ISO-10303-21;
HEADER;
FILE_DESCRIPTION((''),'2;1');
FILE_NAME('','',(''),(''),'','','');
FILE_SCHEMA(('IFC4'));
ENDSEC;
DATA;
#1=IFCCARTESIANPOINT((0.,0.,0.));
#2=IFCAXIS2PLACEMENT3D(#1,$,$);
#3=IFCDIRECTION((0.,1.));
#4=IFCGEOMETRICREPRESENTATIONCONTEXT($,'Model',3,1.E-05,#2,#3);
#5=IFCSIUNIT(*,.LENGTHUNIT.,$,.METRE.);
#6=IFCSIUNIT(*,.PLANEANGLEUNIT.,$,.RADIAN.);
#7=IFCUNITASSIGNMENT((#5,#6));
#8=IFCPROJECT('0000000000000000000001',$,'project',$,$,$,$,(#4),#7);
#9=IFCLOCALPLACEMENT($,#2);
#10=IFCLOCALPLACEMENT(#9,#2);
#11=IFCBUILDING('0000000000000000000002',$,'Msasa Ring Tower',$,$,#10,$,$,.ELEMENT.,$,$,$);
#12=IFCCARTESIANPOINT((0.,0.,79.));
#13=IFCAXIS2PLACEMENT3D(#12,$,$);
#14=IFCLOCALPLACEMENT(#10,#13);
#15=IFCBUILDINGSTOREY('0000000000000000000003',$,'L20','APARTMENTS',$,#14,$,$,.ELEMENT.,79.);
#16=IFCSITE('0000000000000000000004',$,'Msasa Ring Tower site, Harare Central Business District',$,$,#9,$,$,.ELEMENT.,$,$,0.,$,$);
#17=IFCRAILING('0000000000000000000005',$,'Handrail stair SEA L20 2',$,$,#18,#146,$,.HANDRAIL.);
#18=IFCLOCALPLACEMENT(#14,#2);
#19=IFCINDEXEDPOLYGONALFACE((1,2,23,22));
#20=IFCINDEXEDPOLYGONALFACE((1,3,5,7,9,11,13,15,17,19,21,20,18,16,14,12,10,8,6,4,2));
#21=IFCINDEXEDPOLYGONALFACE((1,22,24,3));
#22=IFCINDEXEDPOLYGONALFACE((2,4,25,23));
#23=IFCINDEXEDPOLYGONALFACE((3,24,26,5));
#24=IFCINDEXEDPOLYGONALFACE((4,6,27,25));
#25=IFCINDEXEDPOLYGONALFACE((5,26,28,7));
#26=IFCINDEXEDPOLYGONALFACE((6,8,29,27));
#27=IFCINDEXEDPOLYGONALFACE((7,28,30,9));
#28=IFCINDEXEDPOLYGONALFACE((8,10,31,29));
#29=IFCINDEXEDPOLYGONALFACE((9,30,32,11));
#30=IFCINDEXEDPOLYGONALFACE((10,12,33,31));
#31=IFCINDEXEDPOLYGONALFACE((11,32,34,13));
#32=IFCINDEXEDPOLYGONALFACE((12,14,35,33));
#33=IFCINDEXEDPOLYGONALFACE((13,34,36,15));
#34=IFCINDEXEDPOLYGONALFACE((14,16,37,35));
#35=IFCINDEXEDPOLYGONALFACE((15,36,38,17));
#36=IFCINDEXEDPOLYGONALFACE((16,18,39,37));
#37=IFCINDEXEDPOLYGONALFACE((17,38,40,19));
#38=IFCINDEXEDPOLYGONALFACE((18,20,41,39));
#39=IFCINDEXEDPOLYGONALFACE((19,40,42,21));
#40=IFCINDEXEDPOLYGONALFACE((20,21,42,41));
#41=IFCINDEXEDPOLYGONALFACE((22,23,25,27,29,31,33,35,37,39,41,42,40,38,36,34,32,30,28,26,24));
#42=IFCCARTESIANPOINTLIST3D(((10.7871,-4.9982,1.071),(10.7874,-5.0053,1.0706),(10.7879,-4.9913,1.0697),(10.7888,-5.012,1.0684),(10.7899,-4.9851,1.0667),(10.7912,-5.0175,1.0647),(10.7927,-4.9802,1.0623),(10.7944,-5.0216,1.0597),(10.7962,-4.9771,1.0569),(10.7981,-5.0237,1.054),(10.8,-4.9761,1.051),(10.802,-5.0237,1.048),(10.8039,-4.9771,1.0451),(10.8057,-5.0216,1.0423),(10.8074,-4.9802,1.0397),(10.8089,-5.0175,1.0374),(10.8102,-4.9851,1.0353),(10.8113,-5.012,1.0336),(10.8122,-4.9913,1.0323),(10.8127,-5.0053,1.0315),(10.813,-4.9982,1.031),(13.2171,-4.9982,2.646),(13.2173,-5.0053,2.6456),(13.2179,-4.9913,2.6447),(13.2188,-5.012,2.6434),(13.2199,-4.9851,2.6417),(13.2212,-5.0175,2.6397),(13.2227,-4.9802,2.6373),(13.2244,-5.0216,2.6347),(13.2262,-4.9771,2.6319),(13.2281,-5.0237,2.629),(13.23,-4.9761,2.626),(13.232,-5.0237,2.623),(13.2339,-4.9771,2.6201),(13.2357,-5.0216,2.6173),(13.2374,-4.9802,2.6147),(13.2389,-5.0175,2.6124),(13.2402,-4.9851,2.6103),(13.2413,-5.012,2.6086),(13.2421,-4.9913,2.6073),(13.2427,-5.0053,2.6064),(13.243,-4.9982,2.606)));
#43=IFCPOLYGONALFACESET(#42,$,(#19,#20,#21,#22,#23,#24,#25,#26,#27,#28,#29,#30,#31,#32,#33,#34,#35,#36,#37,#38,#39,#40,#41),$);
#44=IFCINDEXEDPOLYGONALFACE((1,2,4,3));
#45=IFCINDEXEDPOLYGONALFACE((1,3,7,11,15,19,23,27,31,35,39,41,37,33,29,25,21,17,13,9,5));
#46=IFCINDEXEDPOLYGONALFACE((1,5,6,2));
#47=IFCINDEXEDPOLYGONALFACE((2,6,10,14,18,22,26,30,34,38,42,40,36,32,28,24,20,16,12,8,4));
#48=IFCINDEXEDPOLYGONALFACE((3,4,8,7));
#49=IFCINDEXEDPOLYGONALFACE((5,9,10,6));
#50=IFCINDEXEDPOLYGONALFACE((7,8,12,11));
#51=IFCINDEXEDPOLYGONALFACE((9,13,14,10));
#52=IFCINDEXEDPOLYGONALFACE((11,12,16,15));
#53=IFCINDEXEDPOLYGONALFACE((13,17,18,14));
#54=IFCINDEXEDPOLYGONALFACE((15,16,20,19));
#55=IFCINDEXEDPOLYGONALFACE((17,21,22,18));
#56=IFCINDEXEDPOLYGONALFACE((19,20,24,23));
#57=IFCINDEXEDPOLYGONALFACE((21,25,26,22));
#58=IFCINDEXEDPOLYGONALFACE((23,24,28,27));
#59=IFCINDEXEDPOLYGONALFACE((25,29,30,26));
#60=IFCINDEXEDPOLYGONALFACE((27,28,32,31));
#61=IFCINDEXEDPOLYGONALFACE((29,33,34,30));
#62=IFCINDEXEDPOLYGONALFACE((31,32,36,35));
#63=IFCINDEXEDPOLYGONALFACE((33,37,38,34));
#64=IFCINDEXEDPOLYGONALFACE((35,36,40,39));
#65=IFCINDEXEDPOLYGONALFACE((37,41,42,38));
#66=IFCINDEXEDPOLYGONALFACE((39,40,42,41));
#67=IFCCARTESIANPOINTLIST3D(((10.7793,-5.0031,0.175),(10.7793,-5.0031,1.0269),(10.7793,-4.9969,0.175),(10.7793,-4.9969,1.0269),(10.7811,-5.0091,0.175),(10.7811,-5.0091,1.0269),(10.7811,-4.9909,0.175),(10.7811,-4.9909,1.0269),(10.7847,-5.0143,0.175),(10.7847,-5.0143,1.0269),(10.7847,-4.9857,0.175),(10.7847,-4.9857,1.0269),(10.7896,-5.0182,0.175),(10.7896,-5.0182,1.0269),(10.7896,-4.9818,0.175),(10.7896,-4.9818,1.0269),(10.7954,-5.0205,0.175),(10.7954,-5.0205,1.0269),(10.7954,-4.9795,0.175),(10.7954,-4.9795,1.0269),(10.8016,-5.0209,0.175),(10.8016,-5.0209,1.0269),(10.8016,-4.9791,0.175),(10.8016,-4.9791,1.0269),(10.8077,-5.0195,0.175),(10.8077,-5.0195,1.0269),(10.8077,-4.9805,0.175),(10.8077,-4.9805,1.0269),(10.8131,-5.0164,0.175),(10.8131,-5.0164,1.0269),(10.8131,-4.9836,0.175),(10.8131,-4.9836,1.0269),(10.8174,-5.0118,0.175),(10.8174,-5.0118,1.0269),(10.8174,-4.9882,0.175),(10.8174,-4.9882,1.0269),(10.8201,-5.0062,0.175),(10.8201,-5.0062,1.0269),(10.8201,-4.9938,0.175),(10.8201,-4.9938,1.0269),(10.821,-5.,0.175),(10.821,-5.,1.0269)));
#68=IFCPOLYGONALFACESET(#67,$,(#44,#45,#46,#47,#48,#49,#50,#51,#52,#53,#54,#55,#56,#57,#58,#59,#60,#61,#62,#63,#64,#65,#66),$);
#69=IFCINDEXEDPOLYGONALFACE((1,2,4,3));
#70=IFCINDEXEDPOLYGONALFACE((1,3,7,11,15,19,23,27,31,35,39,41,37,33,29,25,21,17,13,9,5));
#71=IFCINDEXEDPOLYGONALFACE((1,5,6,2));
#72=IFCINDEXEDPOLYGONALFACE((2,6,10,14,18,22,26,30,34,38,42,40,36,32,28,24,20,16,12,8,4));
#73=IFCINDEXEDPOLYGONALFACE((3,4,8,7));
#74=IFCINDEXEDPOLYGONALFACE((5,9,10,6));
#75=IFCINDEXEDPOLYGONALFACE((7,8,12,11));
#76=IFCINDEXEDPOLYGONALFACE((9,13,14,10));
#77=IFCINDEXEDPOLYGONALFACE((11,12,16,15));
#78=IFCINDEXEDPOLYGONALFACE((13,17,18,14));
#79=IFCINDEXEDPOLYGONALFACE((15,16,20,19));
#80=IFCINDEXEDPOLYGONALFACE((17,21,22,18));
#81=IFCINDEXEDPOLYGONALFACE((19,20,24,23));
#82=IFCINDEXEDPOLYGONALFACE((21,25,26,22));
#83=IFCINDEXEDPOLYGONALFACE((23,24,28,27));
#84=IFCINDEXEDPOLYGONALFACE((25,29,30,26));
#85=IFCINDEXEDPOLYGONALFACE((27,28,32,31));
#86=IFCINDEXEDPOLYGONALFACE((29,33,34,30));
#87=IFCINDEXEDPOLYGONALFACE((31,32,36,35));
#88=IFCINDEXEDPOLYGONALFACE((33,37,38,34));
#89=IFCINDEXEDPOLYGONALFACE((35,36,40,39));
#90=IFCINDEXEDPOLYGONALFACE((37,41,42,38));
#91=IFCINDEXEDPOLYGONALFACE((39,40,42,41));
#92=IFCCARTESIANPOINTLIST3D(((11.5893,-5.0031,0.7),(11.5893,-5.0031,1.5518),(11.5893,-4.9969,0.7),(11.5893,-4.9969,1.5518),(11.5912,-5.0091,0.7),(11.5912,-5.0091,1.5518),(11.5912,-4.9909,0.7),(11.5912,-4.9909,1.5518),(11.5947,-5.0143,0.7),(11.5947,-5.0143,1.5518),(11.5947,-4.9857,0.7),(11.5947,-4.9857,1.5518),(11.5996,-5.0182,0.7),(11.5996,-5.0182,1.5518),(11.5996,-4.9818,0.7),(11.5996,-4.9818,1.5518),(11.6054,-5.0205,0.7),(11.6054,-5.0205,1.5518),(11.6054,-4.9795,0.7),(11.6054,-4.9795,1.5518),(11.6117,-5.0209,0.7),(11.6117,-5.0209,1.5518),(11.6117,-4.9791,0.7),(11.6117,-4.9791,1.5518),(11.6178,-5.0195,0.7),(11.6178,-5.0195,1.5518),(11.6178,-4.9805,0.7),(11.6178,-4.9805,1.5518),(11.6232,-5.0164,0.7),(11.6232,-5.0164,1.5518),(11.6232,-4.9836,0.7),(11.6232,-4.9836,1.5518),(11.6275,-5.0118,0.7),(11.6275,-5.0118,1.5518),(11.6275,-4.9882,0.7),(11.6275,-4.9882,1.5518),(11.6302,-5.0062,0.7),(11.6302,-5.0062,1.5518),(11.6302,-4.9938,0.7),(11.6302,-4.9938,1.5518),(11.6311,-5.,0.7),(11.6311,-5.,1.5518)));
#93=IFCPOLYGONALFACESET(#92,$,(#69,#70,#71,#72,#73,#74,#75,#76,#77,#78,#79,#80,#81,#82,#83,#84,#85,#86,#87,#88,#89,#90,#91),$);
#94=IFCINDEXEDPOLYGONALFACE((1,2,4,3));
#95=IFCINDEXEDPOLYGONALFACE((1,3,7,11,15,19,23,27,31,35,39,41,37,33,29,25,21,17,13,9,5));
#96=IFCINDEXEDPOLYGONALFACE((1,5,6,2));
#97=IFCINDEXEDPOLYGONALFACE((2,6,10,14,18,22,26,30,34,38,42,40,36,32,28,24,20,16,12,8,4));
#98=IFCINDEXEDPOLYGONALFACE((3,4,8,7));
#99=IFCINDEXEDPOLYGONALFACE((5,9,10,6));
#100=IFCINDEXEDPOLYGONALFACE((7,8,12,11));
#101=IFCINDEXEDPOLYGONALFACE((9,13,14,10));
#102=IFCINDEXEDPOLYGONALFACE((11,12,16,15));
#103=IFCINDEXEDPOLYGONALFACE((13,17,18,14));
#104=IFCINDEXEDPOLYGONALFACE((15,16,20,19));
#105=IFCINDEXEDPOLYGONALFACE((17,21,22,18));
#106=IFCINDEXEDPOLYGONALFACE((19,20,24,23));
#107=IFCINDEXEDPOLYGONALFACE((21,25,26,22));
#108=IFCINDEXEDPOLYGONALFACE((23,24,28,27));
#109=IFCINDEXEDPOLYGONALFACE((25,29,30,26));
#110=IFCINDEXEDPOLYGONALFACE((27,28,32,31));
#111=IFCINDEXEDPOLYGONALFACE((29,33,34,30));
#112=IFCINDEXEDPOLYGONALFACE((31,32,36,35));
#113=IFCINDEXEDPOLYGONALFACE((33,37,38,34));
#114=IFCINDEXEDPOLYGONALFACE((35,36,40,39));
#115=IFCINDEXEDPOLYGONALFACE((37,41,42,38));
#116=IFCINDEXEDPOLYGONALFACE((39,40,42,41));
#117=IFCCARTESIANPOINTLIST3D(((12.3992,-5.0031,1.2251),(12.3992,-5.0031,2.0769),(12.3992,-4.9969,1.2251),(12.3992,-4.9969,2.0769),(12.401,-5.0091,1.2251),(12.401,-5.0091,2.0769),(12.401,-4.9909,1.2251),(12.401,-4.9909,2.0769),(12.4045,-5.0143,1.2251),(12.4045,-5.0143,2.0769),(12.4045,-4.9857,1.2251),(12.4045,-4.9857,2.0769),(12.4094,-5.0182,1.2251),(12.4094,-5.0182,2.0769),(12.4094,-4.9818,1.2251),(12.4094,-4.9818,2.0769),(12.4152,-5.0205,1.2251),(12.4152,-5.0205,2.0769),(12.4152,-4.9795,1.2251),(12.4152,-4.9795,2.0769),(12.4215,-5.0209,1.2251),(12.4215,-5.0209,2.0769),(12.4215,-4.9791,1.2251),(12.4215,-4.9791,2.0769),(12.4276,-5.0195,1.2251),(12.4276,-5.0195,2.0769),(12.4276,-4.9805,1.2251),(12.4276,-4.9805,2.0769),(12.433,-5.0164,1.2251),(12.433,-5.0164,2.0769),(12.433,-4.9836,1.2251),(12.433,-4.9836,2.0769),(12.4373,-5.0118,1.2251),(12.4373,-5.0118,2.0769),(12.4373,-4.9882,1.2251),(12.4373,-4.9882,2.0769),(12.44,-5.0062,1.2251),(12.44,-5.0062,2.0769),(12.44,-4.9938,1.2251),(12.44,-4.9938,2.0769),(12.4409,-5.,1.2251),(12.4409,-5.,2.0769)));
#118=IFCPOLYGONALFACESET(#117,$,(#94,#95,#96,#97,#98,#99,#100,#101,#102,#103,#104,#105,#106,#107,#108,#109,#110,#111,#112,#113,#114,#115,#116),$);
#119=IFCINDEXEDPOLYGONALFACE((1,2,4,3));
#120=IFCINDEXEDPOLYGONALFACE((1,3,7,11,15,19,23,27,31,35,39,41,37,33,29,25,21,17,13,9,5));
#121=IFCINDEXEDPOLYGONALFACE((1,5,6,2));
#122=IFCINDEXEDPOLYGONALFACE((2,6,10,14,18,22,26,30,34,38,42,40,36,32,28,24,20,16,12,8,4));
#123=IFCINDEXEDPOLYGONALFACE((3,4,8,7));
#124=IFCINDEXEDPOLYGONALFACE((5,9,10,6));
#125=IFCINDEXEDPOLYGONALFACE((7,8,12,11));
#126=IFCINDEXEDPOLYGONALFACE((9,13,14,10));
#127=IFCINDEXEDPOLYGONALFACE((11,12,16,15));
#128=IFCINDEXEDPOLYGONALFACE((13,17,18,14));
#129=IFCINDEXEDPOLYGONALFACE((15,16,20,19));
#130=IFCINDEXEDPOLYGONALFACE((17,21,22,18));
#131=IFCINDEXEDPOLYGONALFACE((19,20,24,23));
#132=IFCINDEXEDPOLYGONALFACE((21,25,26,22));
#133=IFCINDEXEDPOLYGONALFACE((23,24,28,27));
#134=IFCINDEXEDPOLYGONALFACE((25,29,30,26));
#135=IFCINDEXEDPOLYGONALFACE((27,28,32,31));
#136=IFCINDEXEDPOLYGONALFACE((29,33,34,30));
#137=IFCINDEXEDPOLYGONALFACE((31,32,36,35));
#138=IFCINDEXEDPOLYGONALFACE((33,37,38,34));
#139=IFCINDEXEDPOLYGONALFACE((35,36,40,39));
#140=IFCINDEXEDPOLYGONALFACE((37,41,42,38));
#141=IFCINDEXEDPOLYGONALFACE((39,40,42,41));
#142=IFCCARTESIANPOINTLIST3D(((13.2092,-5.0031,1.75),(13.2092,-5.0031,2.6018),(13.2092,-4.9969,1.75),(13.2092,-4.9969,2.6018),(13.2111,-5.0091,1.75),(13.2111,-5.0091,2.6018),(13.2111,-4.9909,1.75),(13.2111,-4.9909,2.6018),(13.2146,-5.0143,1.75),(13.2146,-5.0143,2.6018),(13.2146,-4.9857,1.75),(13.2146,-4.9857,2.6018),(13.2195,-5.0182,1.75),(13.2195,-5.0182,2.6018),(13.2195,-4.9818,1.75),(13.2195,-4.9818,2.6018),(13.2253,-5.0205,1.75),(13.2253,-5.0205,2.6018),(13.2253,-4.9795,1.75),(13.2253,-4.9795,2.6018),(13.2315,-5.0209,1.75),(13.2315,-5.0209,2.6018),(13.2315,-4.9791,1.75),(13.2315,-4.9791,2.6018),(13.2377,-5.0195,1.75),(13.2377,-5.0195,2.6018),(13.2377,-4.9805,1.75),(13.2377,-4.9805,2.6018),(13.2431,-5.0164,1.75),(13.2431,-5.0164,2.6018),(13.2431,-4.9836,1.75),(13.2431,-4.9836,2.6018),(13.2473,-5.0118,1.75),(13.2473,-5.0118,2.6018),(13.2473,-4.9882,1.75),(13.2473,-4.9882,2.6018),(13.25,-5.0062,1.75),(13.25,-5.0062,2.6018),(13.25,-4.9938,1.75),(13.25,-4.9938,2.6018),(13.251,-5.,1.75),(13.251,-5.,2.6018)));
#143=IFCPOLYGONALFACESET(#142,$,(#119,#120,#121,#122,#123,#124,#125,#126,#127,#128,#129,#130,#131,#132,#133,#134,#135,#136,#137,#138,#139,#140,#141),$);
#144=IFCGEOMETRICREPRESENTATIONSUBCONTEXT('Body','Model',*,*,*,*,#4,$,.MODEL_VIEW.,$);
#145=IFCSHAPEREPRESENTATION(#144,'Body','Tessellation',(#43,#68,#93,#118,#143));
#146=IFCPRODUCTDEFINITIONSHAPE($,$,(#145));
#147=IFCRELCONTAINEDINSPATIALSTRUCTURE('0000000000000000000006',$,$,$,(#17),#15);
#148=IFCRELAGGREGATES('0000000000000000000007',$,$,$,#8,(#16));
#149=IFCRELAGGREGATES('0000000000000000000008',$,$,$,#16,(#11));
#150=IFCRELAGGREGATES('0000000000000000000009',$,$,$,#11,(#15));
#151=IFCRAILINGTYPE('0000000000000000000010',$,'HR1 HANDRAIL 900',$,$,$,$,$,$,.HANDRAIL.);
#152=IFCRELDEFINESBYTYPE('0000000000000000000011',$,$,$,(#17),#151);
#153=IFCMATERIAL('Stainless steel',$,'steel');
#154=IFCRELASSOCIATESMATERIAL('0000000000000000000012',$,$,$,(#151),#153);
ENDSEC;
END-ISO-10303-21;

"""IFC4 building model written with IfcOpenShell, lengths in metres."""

from ifc_helpers import new_model, si_unit, direction, frame, origin, origin_2d, place, context, subcontext, project, spatial, circle, extrude, material, type_object, element, save


model = new_model("IFC4")

# Units and contexts
model_context = context("Model", 3, precision=1e-05, world=origin(), true_north=direction((0.0, 1.0)))
body_context = subcontext(model_context, "Body", "Model", "MODEL_VIEW")
ifc_project = project(units=[si_unit("LENGTHUNIT", "METRE"), si_unit("PLANEANGLEUNIT", "RADIAN")], contexts=[model_context])

# Site, building, storey
site_placement = place(None, origin())
site = spatial("IfcSite", under=ifc_project, at=site_placement, Name="Msasa Ring Tower site, Harare Central Business District", CompositionType="ELEMENT", RefElevation=0.0)
building_placement = place(site_placement, origin())
building = spatial("IfcBuilding", under=site, at=building_placement, Name="Msasa Ring Tower", CompositionType="ELEMENT")
storey_placement = place(building_placement, frame((0.0, 0.0, 79.0)))
storey = spatial("IfcBuildingStorey", under=building, at=storey_placement, Name="L20", Description="APARTMENTS", CompositionType="ELEMENT", Elevation=79.0)

# Railing
ifc_material_1 = material(Name="Stainless steel", Category="steel")
railing_type = type_object("IfcRailingType", Name="HR1 HANDRAIL 900", PredefinedType="HANDRAIL", material=ifc_material_1)
for number, where, name in (
    (1, (10.8, -5.0, 0.175), "Handrail stair SEA L20 2"),
):
    element("IfcRailing", number, at=place(storey_placement, frame(where)), inside=storey, type_object=railing_type, Name=name, PredefinedType="HANDRAIL", context=body_context, shape_type="SweptSolid", body=[
        extrude(circle(Radius=0.0239, at=origin_2d()), frame((0.0, 0.0, 0.876), z_axis=(0.839154, 0.0, 0.543894), x_axis=(0.0, 1.0, 0.0)), (0.0, 0.0, 1.0), 2.8958),
        extrude(circle(Radius=0.021, at=origin_2d()), origin(), (0.0, 0.0, 1.0), 0.8518),
        extrude(circle(Radius=0.021, at=origin_2d()), frame((0.8101, 0.0, 0.5249)), (0.0, 0.0, 1.0), 0.8518),
        extrude(circle(Radius=0.021, at=origin_2d()), frame((1.6199, 0.0, 1.05)), (0.0, 0.0, 1.0), 0.8518),
        extrude(circle(Radius=0.021, at=origin_2d()), frame((2.4299, 0.0, 1.575)), (0.0, 0.0, 1.0), 0.8518),
    ])

save(model, "model.ifc")
